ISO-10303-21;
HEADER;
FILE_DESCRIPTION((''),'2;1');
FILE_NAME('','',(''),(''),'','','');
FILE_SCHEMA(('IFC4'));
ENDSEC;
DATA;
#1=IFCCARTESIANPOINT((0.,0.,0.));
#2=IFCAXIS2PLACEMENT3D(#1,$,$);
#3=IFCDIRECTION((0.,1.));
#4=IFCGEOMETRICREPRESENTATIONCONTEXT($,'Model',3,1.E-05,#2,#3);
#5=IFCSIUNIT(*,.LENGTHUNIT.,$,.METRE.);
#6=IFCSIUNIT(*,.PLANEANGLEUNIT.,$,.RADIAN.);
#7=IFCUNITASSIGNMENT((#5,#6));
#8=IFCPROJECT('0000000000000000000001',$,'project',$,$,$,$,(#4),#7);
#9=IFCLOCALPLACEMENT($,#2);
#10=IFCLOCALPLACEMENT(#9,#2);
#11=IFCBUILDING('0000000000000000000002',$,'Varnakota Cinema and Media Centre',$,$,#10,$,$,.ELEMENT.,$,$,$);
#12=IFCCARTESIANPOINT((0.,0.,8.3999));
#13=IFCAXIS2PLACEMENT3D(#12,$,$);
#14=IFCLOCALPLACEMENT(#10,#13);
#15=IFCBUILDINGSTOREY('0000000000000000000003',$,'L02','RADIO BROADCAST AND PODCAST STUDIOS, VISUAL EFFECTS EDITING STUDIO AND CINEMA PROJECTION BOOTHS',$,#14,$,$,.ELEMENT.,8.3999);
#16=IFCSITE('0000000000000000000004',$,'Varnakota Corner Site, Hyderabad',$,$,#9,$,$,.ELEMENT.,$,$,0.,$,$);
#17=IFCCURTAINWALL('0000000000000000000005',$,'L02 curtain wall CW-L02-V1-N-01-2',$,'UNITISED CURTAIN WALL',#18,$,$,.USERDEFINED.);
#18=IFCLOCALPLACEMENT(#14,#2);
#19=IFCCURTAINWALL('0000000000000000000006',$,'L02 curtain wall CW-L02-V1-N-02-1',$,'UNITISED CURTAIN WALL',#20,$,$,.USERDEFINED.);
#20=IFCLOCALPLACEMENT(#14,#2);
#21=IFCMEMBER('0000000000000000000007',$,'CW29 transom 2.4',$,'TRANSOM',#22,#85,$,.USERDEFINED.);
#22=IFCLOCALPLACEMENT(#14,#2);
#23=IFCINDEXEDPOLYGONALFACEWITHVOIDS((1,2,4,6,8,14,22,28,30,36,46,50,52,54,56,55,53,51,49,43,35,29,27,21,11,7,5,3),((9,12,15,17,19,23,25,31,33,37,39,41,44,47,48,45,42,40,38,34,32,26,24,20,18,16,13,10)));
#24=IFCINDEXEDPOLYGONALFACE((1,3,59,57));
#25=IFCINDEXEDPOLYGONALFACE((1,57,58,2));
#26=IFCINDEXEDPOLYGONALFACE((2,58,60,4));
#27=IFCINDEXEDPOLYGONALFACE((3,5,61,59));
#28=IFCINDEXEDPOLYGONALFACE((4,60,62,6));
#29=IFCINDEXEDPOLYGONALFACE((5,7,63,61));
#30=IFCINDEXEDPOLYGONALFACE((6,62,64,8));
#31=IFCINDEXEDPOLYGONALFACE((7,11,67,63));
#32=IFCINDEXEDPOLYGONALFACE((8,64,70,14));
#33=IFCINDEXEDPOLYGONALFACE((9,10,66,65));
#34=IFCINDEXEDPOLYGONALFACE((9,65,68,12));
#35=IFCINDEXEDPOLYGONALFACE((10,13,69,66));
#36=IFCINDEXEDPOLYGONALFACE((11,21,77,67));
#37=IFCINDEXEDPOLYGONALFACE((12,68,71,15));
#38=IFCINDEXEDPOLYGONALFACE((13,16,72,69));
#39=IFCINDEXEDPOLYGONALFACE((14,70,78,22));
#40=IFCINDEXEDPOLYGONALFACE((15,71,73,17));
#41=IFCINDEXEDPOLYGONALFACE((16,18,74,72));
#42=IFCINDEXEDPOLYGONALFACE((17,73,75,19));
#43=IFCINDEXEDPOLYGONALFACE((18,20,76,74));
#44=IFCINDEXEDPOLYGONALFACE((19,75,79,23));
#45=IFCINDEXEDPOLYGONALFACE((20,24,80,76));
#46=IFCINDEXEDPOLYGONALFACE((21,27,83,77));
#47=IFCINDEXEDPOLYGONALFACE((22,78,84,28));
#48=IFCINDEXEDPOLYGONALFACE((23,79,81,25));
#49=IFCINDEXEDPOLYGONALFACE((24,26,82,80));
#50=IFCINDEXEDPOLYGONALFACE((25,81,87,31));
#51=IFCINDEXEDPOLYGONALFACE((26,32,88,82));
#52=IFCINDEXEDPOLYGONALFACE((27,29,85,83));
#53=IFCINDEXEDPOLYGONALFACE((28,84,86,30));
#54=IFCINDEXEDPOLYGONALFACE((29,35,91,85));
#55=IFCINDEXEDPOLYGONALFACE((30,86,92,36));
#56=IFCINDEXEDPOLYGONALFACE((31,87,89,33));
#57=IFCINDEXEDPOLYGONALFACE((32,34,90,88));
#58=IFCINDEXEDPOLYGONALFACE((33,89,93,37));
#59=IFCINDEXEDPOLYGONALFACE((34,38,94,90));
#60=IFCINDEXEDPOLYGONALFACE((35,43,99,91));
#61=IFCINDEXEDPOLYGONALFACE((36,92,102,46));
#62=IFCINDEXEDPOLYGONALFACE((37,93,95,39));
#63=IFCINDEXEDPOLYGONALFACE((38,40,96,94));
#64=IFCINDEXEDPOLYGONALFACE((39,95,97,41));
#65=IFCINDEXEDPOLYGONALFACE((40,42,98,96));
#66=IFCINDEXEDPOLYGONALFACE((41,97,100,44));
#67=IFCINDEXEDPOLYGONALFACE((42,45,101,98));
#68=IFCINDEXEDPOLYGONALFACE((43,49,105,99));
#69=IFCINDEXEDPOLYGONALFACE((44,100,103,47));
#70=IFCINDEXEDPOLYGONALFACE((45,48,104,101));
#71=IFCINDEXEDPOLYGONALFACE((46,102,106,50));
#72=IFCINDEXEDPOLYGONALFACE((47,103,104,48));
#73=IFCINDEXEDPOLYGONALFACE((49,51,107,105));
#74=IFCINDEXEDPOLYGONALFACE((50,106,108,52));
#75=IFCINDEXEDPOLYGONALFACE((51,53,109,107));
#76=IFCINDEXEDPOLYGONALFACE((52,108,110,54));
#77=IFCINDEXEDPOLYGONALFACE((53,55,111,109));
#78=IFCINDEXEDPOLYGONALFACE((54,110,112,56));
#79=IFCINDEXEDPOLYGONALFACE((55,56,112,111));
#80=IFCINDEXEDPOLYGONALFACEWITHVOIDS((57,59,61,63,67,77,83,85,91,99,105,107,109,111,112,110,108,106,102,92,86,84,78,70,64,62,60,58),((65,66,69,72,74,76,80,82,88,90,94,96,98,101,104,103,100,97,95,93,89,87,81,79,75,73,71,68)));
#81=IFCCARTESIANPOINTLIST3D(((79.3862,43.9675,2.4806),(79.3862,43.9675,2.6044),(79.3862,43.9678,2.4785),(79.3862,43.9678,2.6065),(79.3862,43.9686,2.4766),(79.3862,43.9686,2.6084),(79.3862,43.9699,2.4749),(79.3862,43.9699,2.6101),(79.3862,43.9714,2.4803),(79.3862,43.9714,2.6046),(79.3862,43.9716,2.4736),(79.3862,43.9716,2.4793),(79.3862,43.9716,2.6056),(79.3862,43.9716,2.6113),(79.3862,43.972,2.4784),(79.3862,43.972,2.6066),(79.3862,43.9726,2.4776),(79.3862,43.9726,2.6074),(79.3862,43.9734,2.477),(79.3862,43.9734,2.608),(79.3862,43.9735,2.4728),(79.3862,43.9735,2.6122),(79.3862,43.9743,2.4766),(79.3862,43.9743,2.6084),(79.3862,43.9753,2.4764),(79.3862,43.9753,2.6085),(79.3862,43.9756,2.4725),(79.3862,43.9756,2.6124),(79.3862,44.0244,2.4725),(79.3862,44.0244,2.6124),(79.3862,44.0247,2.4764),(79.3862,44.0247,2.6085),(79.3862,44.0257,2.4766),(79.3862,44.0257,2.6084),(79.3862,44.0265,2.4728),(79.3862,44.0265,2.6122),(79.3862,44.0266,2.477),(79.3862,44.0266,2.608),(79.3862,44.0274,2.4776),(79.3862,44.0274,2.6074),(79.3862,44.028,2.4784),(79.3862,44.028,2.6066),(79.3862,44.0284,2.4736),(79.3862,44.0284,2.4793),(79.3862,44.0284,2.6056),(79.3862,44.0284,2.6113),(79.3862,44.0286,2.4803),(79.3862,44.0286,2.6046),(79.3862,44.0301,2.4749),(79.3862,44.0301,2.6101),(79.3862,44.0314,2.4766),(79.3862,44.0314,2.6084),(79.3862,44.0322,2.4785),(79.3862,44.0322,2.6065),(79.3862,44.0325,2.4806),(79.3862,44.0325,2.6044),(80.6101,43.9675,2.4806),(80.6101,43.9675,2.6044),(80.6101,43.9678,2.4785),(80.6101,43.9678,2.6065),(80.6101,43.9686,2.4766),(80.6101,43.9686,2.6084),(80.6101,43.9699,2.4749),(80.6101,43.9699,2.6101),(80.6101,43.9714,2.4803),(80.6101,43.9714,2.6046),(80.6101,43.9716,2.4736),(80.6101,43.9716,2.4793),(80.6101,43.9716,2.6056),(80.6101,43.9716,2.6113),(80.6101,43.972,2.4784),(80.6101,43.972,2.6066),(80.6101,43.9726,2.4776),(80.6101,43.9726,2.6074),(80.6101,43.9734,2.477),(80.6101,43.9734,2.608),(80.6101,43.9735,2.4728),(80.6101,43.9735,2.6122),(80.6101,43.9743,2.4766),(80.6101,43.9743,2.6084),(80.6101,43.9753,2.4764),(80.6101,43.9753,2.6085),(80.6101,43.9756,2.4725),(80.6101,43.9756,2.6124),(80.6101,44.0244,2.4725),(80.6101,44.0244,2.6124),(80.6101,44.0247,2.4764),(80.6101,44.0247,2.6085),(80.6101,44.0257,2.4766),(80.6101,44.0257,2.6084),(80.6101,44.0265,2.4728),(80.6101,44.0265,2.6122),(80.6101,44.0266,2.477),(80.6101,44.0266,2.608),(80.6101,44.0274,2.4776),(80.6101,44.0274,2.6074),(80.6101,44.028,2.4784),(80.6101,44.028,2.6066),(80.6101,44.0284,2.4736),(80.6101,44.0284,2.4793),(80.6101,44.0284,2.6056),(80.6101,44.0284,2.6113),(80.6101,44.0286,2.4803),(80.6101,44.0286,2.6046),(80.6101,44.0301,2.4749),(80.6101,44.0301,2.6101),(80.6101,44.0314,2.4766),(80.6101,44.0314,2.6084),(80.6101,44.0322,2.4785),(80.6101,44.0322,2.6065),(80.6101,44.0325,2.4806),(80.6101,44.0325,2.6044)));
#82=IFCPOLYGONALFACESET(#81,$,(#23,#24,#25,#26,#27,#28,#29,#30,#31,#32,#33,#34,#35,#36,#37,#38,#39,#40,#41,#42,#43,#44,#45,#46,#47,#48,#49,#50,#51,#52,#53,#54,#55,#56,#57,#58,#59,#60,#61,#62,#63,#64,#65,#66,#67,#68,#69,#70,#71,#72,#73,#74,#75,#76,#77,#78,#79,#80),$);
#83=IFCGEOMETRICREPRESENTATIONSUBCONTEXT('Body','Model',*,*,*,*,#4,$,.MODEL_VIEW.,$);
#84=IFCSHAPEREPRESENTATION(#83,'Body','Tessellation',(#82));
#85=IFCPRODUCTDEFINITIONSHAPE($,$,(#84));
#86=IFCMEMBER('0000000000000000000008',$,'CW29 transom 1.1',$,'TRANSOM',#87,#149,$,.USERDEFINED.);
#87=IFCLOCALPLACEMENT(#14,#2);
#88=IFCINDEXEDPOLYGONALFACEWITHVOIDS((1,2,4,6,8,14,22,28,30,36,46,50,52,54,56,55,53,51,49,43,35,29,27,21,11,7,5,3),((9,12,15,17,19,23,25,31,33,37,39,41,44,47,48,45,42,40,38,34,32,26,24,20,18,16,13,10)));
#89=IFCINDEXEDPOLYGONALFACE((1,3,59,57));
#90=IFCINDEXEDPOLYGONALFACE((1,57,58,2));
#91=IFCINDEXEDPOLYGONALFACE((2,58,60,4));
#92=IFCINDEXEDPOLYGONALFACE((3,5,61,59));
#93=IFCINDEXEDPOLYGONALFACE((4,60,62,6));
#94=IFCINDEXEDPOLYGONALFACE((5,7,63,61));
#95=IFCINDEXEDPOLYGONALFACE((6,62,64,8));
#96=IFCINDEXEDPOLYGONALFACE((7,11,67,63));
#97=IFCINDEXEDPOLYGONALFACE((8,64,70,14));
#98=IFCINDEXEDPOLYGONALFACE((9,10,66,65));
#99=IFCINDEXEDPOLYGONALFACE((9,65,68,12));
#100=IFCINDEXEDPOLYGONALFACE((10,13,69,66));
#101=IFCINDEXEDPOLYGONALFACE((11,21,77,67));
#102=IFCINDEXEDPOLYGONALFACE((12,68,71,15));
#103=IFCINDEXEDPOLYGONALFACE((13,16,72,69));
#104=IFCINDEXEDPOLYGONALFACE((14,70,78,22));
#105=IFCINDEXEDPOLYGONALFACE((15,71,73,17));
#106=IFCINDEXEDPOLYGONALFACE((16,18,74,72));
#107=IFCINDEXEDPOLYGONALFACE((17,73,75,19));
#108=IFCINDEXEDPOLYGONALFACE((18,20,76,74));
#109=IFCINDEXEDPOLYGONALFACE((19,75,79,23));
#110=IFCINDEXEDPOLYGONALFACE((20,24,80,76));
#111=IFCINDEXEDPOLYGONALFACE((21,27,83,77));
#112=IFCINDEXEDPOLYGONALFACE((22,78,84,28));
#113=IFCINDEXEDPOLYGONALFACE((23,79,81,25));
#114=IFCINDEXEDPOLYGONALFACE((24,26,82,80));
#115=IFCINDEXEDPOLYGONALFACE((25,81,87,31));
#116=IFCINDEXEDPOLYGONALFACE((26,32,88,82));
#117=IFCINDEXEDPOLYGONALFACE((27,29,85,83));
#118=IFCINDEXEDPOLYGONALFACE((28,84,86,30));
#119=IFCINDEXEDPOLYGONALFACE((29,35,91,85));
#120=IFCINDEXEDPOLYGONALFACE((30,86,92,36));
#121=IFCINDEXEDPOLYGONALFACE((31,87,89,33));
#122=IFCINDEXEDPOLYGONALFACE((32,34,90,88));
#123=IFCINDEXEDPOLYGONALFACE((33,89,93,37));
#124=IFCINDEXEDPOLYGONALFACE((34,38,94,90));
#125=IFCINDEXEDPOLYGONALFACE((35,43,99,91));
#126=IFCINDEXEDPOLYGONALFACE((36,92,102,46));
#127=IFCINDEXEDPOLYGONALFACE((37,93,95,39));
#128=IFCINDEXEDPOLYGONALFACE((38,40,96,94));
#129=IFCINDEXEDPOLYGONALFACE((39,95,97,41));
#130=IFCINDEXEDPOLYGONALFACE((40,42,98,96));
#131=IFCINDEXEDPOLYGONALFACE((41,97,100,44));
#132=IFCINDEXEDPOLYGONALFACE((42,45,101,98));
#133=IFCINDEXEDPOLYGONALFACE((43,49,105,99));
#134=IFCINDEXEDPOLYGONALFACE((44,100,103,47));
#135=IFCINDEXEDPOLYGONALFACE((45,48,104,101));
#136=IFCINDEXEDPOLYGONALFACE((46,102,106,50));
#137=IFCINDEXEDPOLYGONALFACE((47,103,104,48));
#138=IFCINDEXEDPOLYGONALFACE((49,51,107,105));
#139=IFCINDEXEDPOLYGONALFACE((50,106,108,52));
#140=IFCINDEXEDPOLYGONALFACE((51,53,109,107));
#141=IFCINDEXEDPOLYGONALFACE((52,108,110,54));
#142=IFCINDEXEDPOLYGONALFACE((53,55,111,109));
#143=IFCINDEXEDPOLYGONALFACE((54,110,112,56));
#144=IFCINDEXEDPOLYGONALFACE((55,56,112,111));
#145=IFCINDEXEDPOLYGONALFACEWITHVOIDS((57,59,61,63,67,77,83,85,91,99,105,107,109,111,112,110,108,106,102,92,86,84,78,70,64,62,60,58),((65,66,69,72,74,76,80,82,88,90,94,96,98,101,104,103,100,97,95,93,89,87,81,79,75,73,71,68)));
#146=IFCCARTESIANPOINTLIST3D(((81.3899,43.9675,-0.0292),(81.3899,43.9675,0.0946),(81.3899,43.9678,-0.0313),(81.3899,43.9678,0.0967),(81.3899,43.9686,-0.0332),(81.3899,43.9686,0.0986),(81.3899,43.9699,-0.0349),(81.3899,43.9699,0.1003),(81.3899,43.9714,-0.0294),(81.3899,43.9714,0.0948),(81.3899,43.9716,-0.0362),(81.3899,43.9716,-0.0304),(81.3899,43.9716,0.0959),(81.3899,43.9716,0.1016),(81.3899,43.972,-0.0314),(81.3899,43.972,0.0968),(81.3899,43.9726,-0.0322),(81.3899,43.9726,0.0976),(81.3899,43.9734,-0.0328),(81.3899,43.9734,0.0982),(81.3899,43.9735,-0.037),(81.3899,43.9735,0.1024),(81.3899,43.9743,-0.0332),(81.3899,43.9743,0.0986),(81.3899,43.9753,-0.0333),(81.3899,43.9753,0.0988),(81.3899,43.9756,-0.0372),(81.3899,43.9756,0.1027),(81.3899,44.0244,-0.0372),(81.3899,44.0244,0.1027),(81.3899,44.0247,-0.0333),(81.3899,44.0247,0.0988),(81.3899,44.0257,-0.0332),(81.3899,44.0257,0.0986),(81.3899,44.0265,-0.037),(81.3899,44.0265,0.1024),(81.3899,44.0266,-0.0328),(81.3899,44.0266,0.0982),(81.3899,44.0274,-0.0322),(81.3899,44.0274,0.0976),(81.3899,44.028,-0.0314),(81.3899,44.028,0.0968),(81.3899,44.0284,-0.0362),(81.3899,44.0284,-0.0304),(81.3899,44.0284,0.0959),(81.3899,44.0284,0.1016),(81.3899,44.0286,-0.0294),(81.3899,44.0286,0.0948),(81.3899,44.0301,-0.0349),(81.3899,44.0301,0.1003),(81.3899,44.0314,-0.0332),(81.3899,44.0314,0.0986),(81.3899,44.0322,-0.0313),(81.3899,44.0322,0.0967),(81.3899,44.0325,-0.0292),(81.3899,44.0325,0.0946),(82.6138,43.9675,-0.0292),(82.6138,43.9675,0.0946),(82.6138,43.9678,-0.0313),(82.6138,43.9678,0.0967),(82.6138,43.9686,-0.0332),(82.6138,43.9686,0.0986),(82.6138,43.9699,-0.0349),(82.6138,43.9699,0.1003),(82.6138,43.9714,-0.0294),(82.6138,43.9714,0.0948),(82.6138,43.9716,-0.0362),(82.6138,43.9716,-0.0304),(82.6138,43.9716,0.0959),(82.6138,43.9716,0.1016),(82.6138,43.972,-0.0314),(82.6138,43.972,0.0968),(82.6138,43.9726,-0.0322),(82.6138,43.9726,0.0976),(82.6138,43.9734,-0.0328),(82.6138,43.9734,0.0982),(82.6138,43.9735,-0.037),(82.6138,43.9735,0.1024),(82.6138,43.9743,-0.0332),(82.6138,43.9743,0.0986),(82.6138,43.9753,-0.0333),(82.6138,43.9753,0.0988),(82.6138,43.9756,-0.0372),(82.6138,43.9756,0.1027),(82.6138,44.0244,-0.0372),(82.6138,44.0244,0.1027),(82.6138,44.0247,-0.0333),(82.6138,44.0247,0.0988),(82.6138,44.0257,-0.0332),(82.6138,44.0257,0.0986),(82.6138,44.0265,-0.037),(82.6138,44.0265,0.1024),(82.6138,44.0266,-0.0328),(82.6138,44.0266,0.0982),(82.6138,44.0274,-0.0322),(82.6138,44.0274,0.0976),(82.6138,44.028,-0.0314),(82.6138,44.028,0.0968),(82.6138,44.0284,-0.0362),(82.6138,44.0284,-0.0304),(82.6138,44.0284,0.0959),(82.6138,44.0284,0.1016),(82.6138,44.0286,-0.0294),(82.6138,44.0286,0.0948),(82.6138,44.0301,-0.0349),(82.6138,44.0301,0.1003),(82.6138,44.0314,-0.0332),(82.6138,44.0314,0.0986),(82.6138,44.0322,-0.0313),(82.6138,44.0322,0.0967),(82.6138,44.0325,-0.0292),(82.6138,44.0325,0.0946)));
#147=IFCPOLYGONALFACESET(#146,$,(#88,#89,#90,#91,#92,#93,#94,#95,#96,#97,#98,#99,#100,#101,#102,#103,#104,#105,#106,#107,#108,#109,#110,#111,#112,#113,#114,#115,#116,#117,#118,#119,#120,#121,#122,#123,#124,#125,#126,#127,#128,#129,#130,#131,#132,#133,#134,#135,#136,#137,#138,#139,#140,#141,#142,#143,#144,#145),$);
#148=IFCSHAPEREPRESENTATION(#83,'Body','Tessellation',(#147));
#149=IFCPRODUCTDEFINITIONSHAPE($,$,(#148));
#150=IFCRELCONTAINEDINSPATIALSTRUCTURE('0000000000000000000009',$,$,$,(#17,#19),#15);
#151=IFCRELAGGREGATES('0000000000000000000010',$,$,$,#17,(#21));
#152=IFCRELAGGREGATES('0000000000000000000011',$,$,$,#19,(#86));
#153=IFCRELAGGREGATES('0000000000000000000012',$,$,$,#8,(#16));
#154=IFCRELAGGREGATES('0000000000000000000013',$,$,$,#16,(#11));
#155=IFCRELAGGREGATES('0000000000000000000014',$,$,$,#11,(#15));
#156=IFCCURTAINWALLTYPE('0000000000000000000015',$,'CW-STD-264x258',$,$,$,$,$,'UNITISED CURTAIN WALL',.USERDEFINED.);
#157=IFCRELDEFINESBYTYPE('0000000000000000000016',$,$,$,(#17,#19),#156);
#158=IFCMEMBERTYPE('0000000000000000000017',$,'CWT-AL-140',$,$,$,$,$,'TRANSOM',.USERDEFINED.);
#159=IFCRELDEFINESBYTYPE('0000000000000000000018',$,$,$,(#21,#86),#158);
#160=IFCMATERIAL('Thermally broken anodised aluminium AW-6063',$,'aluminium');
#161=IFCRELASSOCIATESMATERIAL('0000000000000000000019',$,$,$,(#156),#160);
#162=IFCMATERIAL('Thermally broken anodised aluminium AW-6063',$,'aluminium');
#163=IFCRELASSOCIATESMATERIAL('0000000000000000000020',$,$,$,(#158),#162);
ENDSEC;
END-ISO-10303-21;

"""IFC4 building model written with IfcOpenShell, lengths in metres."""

from ifc_helpers import new_model, si_unit, direction, frame, origin, origin_2d, place, context, subcontext, project, spatial, hollow_rectangle, extrude, material, material_profile, profile_set, type_object, element, aggregate, save


model = new_model("IFC4")

# Units and contexts
model_context = context("Model", 3, precision=1e-05, world=origin(), true_north=direction((0.0, 1.0)))
body_context = subcontext(model_context, "Body", "Model", "MODEL_VIEW")
ifc_project = project(units=[si_unit("LENGTHUNIT", "METRE"), si_unit("PLANEANGLEUNIT", "RADIAN")], contexts=[model_context])

# Site, building, storey
site_placement = place(None, origin())
site = spatial("IfcSite", under=ifc_project, at=site_placement, Name="Varnakota Corner Site, Hyderabad", CompositionType="ELEMENT", RefElevation=0.0)
building_placement = place(site_placement, origin())
building = spatial("IfcBuilding", under=site, at=building_placement, Name="Varnakota Cinema and Media Centre", CompositionType="ELEMENT")
storey_placement = place(building_placement, frame((0.0, 0.0, 8.3999)))
storey = spatial("IfcBuildingStorey", under=building, at=storey_placement, Name="L02", Description="RADIO BROADCAST AND PODCAST STUDIOS, VISUAL EFFECTS EDITING STUDIO AND CINEMA PROJECTION BOOTHS", CompositionType="ELEMENT", Elevation=8.3999)

# Shared definitions
ifc_material_1 = material(Name="Thermally broken anodised aluminium AW-6063", Category="aluminium")
curtain_wall_type = type_object("IfcCurtainWallType", Name="CW-STD-264x258", ElementType="UNITISED CURTAIN WALL", PredefinedType="USERDEFINED", material=ifc_material_1)

# Curtain wall
curtain_wall_1_placement = place(storey_placement, origin())
curtain_wall_1 = element("IfcCurtainWall", 1, at=curtain_wall_1_placement, inside=storey, type_object=curtain_wall_type, Name="L02 curtain wall CW-L02-V1-N-01-2", ObjectType="UNITISED CURTAIN WALL", PredefinedType="USERDEFINED")

# Curtain wall
curtain_wall_2_placement = place(storey_placement, origin())
curtain_wall_2 = element("IfcCurtainWall", 2, at=curtain_wall_2_placement, inside=storey, type_object=curtain_wall_type, Name="L02 curtain wall CW-L02-V1-N-02-1", ObjectType="UNITISED CURTAIN WALL", PredefinedType="USERDEFINED")

# Members
ifc_material_2 = material(Name="Thermally broken anodised aluminium AW-6063", Category="aluminium")
ifc_material_profile_1 = material_profile(ifc_material_2, hollow_rectangle(XDim=0.0649, YDim=0.1399, WallThickness=0.0039, InnerFilletRadius=0.0039, OuterFilletRadius=0.0081, at=origin_2d()), Name="AL-TRANSOM 140x65x4")
ifc_profile_set_1 = profile_set([ifc_material_profile_1], Name="Thermally broken anodised aluminium AW-6063")
member_type_1 = type_object("IfcMemberType", Name="CWT-AL-140", ElementType="TRANSOM", PredefinedType="USERDEFINED", material=ifc_profile_set_1)
member_1_placement = place(storey_placement, frame((79.3862, 44.0, 2.5425), z_axis=(1.0, 0.0, 0.0), x_axis=(0.0, 1.0, 0.0)))
member_1 = element("IfcMember", 3, at=member_1_placement, type_object=member_type_1, Name="CW29 transom 2.4", ObjectType="TRANSOM", PredefinedType="USERDEFINED", context=body_context, shape_type="SweptSolid", body=[
    extrude(hollow_rectangle(XDim=0.0649, YDim=0.1399, WallThickness=0.0039, InnerFilletRadius=0.0039, OuterFilletRadius=0.0081, at=origin_2d()), origin(), (0.0, 0.0, 1.0), 1.2239),
])
member_2_placement = place(storey_placement, frame((81.3899, 44.0, 0.0327), z_axis=(1.0, 0.0, 0.0), x_axis=(0.0, 1.0, 0.0)))
member_2 = element("IfcMember", 4, at=member_2_placement, type_object=member_type_1, Name="CW29 transom 1.1", ObjectType="TRANSOM", PredefinedType="USERDEFINED", context=body_context, shape_type="SweptSolid", body=[
    extrude(hollow_rectangle(XDim=0.0649, YDim=0.1399, WallThickness=0.0039, InnerFilletRadius=0.0039, OuterFilletRadius=0.0081, at=origin_2d()), origin(), (0.0, 0.0, 1.0), 1.2239),
])

aggregate(curtain_wall_1, [member_1])
aggregate(curtain_wall_2, [member_2])

save(model, "model.ifc")
